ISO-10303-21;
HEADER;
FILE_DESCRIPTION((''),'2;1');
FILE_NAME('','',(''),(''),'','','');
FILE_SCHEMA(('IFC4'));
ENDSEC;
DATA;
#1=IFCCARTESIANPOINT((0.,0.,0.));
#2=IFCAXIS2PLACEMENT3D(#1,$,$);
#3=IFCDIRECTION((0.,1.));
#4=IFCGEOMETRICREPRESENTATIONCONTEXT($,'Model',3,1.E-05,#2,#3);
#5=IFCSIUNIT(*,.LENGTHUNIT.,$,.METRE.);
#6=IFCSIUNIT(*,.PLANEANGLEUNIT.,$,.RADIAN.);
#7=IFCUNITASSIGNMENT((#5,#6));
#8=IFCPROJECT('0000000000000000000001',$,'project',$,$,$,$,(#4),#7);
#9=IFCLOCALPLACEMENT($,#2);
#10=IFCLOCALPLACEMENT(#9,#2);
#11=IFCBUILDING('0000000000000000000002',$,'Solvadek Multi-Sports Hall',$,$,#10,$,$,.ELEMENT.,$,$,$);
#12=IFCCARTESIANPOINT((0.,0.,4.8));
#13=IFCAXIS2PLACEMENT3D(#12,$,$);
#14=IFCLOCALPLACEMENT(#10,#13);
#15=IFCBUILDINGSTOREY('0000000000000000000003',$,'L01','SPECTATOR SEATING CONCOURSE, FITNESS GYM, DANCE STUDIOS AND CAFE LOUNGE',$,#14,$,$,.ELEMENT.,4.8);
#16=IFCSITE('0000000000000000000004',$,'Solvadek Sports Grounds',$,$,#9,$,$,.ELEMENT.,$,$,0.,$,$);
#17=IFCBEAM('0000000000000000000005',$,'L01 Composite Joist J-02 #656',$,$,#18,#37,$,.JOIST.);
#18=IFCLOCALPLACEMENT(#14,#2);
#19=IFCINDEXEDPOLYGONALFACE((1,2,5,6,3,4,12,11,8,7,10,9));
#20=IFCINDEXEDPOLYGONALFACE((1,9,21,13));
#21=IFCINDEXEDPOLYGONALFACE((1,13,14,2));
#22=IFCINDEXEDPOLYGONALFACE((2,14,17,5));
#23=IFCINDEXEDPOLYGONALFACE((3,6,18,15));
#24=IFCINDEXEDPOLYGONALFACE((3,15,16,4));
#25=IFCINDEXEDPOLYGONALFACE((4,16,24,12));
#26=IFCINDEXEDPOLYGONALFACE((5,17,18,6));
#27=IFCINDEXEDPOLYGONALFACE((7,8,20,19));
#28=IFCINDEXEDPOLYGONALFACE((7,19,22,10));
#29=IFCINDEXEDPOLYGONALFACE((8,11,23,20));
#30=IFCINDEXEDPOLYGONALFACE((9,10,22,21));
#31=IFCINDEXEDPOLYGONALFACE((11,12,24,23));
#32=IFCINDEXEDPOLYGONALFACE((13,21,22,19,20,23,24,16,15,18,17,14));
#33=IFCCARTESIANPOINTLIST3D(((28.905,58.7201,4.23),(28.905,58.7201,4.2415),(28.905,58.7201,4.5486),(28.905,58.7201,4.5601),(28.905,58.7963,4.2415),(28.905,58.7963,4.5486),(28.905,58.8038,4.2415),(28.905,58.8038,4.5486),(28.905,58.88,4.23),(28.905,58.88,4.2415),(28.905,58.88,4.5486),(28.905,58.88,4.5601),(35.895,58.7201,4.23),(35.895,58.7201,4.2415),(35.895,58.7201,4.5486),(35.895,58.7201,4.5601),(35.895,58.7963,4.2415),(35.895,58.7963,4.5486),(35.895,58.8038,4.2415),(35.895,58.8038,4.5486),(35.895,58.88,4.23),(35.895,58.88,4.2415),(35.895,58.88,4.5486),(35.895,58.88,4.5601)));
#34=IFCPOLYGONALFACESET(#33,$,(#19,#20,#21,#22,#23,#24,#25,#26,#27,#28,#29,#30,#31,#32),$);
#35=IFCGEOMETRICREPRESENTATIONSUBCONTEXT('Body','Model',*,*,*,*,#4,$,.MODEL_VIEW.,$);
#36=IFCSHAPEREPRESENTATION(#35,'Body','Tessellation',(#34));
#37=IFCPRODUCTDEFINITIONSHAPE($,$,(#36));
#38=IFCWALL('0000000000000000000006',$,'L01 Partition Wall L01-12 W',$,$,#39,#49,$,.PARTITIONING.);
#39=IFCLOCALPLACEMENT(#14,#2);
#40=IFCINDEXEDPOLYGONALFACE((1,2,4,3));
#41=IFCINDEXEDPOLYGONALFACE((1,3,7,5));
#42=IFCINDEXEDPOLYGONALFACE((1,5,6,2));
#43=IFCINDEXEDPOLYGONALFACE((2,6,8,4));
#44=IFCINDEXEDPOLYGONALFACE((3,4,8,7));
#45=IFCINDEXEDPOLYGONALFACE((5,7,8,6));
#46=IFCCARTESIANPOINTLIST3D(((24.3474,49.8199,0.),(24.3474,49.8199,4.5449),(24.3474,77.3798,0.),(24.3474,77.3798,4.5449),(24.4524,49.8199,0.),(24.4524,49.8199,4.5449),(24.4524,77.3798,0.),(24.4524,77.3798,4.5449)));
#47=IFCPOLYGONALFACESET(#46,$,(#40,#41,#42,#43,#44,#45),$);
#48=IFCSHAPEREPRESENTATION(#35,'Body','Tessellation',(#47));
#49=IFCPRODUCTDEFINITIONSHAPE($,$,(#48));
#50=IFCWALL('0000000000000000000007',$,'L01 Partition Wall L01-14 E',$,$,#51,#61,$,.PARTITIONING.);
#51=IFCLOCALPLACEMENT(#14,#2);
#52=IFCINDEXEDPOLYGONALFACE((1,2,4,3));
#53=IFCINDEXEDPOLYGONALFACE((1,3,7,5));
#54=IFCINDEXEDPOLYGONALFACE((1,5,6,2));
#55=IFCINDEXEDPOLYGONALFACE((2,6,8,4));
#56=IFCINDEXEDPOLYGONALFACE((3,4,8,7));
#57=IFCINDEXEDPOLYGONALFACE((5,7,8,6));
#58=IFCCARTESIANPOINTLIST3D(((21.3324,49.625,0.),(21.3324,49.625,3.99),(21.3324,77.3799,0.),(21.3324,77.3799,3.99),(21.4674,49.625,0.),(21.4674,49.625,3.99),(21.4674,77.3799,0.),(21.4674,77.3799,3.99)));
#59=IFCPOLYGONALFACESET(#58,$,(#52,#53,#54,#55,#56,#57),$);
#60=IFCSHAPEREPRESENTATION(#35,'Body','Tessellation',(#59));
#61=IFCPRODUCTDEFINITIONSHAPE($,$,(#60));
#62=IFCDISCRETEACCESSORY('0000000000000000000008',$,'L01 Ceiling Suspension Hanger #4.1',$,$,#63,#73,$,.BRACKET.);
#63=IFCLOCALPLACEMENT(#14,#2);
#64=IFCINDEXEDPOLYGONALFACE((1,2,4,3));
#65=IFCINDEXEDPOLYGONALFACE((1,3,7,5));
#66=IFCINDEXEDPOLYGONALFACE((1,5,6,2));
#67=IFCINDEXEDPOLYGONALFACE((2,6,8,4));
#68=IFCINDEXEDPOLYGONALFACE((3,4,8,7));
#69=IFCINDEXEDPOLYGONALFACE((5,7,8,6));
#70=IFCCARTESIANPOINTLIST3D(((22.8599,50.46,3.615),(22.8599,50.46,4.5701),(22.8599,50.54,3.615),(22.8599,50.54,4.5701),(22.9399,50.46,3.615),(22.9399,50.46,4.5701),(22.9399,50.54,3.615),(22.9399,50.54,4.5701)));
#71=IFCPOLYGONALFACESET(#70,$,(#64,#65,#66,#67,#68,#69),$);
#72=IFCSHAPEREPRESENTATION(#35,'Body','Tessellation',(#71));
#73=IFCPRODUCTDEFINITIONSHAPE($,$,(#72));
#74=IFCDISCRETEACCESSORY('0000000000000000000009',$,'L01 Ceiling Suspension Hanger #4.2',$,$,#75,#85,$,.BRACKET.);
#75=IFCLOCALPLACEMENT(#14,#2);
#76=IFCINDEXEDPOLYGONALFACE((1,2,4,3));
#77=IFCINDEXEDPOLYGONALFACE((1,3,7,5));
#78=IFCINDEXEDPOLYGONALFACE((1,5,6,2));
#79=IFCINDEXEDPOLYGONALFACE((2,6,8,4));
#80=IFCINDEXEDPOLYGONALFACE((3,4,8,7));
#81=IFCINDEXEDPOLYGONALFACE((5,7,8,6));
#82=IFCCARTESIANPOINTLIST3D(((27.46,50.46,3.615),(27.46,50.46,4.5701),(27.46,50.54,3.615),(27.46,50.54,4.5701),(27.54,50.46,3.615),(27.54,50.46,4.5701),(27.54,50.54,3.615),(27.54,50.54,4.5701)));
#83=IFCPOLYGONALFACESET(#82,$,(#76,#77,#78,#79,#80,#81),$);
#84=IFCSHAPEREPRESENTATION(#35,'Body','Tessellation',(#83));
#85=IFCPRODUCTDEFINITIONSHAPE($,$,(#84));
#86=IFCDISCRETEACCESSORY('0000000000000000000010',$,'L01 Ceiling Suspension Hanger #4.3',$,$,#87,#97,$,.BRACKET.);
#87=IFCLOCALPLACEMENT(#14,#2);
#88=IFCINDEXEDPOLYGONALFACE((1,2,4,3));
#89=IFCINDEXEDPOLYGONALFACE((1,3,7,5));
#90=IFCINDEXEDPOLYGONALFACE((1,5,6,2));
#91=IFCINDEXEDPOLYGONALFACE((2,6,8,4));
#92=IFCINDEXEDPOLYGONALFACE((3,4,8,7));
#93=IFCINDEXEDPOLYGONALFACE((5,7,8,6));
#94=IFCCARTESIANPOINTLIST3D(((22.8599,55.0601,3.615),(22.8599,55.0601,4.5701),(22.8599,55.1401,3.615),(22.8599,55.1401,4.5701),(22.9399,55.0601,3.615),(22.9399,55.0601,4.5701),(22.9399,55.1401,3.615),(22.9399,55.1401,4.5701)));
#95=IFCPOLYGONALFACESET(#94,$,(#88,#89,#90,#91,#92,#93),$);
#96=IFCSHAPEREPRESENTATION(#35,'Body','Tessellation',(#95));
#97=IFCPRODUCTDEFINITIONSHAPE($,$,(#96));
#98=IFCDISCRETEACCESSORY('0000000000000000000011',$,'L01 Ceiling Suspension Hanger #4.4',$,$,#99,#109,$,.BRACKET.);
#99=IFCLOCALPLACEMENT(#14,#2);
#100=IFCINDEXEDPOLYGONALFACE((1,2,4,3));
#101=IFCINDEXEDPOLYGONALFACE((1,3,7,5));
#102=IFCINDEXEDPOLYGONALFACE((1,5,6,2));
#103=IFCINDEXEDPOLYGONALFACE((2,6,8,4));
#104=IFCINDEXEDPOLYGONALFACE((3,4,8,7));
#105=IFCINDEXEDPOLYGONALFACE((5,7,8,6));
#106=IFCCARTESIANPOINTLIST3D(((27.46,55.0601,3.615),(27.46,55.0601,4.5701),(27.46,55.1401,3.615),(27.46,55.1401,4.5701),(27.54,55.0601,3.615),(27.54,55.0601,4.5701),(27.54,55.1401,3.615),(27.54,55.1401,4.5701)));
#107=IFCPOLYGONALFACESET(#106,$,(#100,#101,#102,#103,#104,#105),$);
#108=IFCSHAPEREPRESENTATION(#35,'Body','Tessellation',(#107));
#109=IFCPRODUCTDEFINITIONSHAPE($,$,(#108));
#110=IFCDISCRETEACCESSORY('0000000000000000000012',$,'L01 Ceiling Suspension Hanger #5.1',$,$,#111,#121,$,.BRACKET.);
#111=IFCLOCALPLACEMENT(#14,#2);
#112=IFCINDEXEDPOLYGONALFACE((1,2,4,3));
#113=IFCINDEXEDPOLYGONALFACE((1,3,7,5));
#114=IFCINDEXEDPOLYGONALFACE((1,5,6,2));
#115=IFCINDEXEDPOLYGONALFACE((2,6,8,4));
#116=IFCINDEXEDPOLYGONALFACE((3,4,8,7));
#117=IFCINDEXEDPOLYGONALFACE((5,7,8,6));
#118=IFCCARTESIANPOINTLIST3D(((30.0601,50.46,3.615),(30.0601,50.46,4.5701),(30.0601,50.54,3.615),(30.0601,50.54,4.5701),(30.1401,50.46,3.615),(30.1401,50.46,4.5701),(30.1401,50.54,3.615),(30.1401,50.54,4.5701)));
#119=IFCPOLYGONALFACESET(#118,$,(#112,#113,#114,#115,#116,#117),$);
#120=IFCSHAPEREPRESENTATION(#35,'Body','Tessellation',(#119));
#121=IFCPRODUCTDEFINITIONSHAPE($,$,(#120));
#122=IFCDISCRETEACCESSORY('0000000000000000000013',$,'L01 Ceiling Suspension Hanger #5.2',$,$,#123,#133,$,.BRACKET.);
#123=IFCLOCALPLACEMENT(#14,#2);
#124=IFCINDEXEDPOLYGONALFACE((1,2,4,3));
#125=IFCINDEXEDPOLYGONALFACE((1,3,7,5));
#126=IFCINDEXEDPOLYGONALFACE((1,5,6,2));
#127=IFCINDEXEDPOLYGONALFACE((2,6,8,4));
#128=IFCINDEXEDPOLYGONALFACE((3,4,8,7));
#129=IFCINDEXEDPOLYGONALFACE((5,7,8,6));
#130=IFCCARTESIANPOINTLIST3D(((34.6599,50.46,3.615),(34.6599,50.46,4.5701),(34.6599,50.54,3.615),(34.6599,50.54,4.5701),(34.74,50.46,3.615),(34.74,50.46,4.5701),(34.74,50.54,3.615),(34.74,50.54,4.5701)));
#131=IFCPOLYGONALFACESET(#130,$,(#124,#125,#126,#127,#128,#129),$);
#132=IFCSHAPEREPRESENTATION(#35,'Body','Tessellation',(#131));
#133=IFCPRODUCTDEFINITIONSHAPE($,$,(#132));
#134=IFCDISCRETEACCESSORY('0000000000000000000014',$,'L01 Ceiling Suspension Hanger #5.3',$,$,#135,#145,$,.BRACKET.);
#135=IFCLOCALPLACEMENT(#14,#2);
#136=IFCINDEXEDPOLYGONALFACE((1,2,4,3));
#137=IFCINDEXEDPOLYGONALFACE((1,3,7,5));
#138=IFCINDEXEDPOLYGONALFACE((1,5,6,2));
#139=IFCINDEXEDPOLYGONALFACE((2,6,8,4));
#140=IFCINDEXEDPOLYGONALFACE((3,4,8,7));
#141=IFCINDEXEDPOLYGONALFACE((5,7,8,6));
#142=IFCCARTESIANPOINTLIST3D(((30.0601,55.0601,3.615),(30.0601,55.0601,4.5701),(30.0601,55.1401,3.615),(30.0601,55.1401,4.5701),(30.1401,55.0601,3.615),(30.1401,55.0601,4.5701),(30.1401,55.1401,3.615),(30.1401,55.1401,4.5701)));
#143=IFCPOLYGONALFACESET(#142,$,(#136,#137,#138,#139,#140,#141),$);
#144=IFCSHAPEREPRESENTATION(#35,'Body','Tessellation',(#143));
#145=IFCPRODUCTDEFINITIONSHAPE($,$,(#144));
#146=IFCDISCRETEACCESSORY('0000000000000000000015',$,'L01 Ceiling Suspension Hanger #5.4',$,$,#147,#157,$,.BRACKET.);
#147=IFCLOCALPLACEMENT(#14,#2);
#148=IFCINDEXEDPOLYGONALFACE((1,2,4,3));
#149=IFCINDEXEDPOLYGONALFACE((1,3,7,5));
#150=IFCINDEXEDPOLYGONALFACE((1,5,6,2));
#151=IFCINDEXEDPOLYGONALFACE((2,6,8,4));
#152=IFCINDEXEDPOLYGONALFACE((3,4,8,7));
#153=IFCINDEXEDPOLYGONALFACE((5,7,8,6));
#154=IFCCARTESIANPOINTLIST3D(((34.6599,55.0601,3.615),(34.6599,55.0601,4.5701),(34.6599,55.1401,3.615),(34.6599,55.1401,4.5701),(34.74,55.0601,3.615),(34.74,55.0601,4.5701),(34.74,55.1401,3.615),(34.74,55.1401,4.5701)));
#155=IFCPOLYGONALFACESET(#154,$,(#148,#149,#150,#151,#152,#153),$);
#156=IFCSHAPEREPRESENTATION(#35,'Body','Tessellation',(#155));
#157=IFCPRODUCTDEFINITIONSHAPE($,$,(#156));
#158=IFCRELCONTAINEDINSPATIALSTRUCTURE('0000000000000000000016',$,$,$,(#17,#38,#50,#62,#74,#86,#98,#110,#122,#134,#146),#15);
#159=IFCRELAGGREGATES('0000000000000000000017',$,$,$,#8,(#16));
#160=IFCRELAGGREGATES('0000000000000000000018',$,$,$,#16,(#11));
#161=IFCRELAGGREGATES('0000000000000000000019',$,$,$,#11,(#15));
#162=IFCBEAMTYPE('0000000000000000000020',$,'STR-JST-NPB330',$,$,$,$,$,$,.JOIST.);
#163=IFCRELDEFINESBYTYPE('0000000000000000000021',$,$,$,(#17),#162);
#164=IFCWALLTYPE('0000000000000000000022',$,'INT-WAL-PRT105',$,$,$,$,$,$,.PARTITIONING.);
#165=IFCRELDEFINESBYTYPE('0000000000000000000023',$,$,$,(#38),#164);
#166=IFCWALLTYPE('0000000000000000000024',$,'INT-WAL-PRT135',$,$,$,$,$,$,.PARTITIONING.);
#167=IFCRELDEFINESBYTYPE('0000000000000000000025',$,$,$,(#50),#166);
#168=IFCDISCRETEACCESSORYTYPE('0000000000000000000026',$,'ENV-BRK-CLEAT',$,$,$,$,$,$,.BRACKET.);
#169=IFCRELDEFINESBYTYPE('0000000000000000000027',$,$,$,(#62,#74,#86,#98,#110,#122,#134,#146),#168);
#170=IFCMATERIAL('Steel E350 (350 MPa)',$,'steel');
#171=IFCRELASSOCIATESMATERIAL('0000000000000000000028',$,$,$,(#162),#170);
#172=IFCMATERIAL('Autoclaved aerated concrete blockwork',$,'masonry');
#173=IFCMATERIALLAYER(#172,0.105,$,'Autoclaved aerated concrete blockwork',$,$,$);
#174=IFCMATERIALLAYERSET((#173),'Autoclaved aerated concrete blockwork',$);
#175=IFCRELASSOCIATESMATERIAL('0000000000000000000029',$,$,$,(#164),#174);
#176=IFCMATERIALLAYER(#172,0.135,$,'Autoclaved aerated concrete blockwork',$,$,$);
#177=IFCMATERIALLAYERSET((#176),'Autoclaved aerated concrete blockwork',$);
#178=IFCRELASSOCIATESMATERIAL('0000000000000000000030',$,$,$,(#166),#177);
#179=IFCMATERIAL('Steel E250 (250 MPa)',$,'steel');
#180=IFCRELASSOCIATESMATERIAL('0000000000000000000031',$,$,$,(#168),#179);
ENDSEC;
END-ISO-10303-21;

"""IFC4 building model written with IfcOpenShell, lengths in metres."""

from ifc_helpers import new_model, si_unit, direction, frame, frame_2d, origin, origin_2d, place, context, subcontext, project, spatial, rectangle, i_section, extrude, material, layer, layer_set, material_profile, profile_set, type_object, element, save


model = new_model("IFC4")

# Units and contexts
model_context = context("Model", 3, precision=1e-05, world=origin(), true_north=direction((0.0, 1.0)))
body_context = subcontext(model_context, "Body", "Model", "MODEL_VIEW")
ifc_project = project(units=[si_unit("LENGTHUNIT", "METRE"), si_unit("PLANEANGLEUNIT", "RADIAN")], contexts=[model_context])

# Site, building, storey
site_placement = place(None, origin())
site = spatial("IfcSite", under=ifc_project, at=site_placement, Name="Solvadek Sports Grounds", CompositionType="ELEMENT", RefElevation=0.0)
building_placement = place(site_placement, origin())
building = spatial("IfcBuilding", under=site, at=building_placement, Name="Solvadek Multi-Sports Hall", CompositionType="ELEMENT")
storey_placement = place(building_placement, frame((0.0, 0.0, 4.8)))
storey = spatial("IfcBuildingStorey", under=building, at=storey_placement, Name="L01", Description="SPECTATOR SEATING CONCOURSE, FITNESS GYM, DANCE STUDIOS AND CAFE LOUNGE", CompositionType="ELEMENT", Elevation=4.8)

# Shared definitions
ifc_material_1 = material(Name="Steel E350 (350 MPa)", Category="steel")

# Beam
ifc_material_profile_1 = material_profile(ifc_material_1, i_section(OverallWidth=0.1599, OverallDepth=0.3301, WebThickness=0.0076, FlangeThickness=0.0115, at=origin_2d()), Name="NPB 330")
ifc_profile_set_1 = profile_set([ifc_material_profile_1], Name="Steel E350 (350 MPa)")
beam_type_1 = type_object("IfcBeamType", Name="STR-JST-NPB330", PredefinedType="JOIST", material=ifc_profile_set_1)
for number, where, z_axis, x_axis, name in (
    (1, (28.905, 58.8, 4.395), (1.0, 0.0, 0.0), (0.0, 1.0, 0.0), "L01 Composite Joist J-02 #656"),
):
    element("IfcBeam", number, at=place(storey_placement, frame(where, z_axis=z_axis, x_axis=x_axis)), inside=storey, type_object=beam_type_1, Name=name, PredefinedType="JOIST", context=body_context, shape_type="SweptSolid", body=[
        extrude(i_section(OverallWidth=0.1599, OverallDepth=0.3301, WebThickness=0.0076, FlangeThickness=0.0115, at=origin_2d()), origin(), (0.0, 0.0, 1.0), 6.99),
    ])

# Walls
ifc_material_2 = material(Name="Autoclaved aerated concrete blockwork", Category="masonry")
ifc_layer_1 = layer(ifc_material_2, 0.105, Name="Autoclaved aerated concrete blockwork")
ifc_layer_set_1 = layer_set([ifc_layer_1], Name="Autoclaved aerated concrete blockwork")
wall_type_1 = type_object("IfcWallType", Name="INT-WAL-PRT105", PredefinedType="PARTITIONING", material=ifc_layer_set_1)
wall_1_placement = place(storey_placement, frame((24.3999, 49.8201, 0.0), z_axis=(0.0, 0.0, 1.0), x_axis=(0.0, 1.0, 0.0)))
element("IfcWall", 2, at=wall_1_placement, inside=storey, type_object=wall_type_1, Name="L01 Partition Wall L01-12 W", PredefinedType="PARTITIONING", context=body_context, shape_type="SweptSolid", body=[
    extrude(rectangle(XDim=27.5598, YDim=0.105, at=frame_2d((13.7798, 0.0))), origin(), (0.0, 0.0, 1.0), 4.5449),
])
ifc_layer_2 = layer(ifc_material_2, 0.135, Name="Autoclaved aerated concrete blockwork")
ifc_layer_set_2 = layer_set([ifc_layer_2], Name="Autoclaved aerated concrete blockwork")
wall_type_2 = type_object("IfcWallType", Name="INT-WAL-PRT135", PredefinedType="PARTITIONING", material=ifc_layer_set_2)
wall_2_placement = place(storey_placement, frame((21.3999, 49.625, 0.0), z_axis=(0.0, 0.0, 1.0), x_axis=(0.0, 1.0, 0.0)))
element("IfcWall", 3, at=wall_2_placement, inside=storey, type_object=wall_type_2, Name="L01 Partition Wall L01-14 E", PredefinedType="PARTITIONING", context=body_context, shape_type="SweptSolid", body=[
    extrude(rectangle(XDim=27.7549, YDim=0.135, at=frame_2d((13.8774, 0.0))), origin(), (0.0, 0.0, 1.0), 3.99),
])

# Discrete accessories
ifc_material_3 = material(Name="Steel E250 (250 MPa)", Category="steel")
discrete_accessory_type = type_object("IfcDiscreteAccessoryType", Name="ENV-BRK-CLEAT", PredefinedType="BRACKET", material=ifc_material_3)
for number, where, z_axis, x_axis, name in (
    (4, (22.8999, 50.5, 3.615), (0.0, 0.0, 1.0), (1.0, 0.0, 0.0), "L01 Ceiling Suspension Hanger #4.1"),
    (5, (27.5, 50.5, 3.615), (0.0, 0.0, 1.0), (1.0, 0.0, 0.0), "L01 Ceiling Suspension Hanger #4.2"),
    (6, (22.8999, 55.1001, 3.615), (0.0, 0.0, 1.0), (1.0, 0.0, 0.0), "L01 Ceiling Suspension Hanger #4.3"),
    (7, (27.5, 55.1001, 3.615), (0.0, 0.0, 1.0), (1.0, 0.0, 0.0), "L01 Ceiling Suspension Hanger #4.4"),
    (8, (30.1001, 50.5, 3.615), (0.0, 0.0, 1.0), (1.0, 0.0, 0.0), "L01 Ceiling Suspension Hanger #5.1"),
    (9, (34.7, 50.5, 3.615), (0.0, 0.0, 1.0), (1.0, 0.0, 0.0), "L01 Ceiling Suspension Hanger #5.2"),
    (10, (30.1001, 55.1001, 3.615), (0.0, 0.0, 1.0), (1.0, 0.0, 0.0), "L01 Ceiling Suspension Hanger #5.3"),
    (11, (34.7, 55.1001, 3.615), (0.0, 0.0, 1.0), (1.0, 0.0, 0.0), "L01 Ceiling Suspension Hanger #5.4"),
):
    element("IfcDiscreteAccessory", number, at=place(storey_placement, frame(where, z_axis=z_axis, x_axis=x_axis)), inside=storey, type_object=discrete_accessory_type, Name=name, PredefinedType="BRACKET", context=body_context, shape_type="SweptSolid", body=[
        extrude(rectangle(XDim=0.0801, YDim=0.0801, at=origin_2d()), origin(), (0.0, 0.0, 1.0), 0.9551),
    ])

save(model, "model.ifc")
